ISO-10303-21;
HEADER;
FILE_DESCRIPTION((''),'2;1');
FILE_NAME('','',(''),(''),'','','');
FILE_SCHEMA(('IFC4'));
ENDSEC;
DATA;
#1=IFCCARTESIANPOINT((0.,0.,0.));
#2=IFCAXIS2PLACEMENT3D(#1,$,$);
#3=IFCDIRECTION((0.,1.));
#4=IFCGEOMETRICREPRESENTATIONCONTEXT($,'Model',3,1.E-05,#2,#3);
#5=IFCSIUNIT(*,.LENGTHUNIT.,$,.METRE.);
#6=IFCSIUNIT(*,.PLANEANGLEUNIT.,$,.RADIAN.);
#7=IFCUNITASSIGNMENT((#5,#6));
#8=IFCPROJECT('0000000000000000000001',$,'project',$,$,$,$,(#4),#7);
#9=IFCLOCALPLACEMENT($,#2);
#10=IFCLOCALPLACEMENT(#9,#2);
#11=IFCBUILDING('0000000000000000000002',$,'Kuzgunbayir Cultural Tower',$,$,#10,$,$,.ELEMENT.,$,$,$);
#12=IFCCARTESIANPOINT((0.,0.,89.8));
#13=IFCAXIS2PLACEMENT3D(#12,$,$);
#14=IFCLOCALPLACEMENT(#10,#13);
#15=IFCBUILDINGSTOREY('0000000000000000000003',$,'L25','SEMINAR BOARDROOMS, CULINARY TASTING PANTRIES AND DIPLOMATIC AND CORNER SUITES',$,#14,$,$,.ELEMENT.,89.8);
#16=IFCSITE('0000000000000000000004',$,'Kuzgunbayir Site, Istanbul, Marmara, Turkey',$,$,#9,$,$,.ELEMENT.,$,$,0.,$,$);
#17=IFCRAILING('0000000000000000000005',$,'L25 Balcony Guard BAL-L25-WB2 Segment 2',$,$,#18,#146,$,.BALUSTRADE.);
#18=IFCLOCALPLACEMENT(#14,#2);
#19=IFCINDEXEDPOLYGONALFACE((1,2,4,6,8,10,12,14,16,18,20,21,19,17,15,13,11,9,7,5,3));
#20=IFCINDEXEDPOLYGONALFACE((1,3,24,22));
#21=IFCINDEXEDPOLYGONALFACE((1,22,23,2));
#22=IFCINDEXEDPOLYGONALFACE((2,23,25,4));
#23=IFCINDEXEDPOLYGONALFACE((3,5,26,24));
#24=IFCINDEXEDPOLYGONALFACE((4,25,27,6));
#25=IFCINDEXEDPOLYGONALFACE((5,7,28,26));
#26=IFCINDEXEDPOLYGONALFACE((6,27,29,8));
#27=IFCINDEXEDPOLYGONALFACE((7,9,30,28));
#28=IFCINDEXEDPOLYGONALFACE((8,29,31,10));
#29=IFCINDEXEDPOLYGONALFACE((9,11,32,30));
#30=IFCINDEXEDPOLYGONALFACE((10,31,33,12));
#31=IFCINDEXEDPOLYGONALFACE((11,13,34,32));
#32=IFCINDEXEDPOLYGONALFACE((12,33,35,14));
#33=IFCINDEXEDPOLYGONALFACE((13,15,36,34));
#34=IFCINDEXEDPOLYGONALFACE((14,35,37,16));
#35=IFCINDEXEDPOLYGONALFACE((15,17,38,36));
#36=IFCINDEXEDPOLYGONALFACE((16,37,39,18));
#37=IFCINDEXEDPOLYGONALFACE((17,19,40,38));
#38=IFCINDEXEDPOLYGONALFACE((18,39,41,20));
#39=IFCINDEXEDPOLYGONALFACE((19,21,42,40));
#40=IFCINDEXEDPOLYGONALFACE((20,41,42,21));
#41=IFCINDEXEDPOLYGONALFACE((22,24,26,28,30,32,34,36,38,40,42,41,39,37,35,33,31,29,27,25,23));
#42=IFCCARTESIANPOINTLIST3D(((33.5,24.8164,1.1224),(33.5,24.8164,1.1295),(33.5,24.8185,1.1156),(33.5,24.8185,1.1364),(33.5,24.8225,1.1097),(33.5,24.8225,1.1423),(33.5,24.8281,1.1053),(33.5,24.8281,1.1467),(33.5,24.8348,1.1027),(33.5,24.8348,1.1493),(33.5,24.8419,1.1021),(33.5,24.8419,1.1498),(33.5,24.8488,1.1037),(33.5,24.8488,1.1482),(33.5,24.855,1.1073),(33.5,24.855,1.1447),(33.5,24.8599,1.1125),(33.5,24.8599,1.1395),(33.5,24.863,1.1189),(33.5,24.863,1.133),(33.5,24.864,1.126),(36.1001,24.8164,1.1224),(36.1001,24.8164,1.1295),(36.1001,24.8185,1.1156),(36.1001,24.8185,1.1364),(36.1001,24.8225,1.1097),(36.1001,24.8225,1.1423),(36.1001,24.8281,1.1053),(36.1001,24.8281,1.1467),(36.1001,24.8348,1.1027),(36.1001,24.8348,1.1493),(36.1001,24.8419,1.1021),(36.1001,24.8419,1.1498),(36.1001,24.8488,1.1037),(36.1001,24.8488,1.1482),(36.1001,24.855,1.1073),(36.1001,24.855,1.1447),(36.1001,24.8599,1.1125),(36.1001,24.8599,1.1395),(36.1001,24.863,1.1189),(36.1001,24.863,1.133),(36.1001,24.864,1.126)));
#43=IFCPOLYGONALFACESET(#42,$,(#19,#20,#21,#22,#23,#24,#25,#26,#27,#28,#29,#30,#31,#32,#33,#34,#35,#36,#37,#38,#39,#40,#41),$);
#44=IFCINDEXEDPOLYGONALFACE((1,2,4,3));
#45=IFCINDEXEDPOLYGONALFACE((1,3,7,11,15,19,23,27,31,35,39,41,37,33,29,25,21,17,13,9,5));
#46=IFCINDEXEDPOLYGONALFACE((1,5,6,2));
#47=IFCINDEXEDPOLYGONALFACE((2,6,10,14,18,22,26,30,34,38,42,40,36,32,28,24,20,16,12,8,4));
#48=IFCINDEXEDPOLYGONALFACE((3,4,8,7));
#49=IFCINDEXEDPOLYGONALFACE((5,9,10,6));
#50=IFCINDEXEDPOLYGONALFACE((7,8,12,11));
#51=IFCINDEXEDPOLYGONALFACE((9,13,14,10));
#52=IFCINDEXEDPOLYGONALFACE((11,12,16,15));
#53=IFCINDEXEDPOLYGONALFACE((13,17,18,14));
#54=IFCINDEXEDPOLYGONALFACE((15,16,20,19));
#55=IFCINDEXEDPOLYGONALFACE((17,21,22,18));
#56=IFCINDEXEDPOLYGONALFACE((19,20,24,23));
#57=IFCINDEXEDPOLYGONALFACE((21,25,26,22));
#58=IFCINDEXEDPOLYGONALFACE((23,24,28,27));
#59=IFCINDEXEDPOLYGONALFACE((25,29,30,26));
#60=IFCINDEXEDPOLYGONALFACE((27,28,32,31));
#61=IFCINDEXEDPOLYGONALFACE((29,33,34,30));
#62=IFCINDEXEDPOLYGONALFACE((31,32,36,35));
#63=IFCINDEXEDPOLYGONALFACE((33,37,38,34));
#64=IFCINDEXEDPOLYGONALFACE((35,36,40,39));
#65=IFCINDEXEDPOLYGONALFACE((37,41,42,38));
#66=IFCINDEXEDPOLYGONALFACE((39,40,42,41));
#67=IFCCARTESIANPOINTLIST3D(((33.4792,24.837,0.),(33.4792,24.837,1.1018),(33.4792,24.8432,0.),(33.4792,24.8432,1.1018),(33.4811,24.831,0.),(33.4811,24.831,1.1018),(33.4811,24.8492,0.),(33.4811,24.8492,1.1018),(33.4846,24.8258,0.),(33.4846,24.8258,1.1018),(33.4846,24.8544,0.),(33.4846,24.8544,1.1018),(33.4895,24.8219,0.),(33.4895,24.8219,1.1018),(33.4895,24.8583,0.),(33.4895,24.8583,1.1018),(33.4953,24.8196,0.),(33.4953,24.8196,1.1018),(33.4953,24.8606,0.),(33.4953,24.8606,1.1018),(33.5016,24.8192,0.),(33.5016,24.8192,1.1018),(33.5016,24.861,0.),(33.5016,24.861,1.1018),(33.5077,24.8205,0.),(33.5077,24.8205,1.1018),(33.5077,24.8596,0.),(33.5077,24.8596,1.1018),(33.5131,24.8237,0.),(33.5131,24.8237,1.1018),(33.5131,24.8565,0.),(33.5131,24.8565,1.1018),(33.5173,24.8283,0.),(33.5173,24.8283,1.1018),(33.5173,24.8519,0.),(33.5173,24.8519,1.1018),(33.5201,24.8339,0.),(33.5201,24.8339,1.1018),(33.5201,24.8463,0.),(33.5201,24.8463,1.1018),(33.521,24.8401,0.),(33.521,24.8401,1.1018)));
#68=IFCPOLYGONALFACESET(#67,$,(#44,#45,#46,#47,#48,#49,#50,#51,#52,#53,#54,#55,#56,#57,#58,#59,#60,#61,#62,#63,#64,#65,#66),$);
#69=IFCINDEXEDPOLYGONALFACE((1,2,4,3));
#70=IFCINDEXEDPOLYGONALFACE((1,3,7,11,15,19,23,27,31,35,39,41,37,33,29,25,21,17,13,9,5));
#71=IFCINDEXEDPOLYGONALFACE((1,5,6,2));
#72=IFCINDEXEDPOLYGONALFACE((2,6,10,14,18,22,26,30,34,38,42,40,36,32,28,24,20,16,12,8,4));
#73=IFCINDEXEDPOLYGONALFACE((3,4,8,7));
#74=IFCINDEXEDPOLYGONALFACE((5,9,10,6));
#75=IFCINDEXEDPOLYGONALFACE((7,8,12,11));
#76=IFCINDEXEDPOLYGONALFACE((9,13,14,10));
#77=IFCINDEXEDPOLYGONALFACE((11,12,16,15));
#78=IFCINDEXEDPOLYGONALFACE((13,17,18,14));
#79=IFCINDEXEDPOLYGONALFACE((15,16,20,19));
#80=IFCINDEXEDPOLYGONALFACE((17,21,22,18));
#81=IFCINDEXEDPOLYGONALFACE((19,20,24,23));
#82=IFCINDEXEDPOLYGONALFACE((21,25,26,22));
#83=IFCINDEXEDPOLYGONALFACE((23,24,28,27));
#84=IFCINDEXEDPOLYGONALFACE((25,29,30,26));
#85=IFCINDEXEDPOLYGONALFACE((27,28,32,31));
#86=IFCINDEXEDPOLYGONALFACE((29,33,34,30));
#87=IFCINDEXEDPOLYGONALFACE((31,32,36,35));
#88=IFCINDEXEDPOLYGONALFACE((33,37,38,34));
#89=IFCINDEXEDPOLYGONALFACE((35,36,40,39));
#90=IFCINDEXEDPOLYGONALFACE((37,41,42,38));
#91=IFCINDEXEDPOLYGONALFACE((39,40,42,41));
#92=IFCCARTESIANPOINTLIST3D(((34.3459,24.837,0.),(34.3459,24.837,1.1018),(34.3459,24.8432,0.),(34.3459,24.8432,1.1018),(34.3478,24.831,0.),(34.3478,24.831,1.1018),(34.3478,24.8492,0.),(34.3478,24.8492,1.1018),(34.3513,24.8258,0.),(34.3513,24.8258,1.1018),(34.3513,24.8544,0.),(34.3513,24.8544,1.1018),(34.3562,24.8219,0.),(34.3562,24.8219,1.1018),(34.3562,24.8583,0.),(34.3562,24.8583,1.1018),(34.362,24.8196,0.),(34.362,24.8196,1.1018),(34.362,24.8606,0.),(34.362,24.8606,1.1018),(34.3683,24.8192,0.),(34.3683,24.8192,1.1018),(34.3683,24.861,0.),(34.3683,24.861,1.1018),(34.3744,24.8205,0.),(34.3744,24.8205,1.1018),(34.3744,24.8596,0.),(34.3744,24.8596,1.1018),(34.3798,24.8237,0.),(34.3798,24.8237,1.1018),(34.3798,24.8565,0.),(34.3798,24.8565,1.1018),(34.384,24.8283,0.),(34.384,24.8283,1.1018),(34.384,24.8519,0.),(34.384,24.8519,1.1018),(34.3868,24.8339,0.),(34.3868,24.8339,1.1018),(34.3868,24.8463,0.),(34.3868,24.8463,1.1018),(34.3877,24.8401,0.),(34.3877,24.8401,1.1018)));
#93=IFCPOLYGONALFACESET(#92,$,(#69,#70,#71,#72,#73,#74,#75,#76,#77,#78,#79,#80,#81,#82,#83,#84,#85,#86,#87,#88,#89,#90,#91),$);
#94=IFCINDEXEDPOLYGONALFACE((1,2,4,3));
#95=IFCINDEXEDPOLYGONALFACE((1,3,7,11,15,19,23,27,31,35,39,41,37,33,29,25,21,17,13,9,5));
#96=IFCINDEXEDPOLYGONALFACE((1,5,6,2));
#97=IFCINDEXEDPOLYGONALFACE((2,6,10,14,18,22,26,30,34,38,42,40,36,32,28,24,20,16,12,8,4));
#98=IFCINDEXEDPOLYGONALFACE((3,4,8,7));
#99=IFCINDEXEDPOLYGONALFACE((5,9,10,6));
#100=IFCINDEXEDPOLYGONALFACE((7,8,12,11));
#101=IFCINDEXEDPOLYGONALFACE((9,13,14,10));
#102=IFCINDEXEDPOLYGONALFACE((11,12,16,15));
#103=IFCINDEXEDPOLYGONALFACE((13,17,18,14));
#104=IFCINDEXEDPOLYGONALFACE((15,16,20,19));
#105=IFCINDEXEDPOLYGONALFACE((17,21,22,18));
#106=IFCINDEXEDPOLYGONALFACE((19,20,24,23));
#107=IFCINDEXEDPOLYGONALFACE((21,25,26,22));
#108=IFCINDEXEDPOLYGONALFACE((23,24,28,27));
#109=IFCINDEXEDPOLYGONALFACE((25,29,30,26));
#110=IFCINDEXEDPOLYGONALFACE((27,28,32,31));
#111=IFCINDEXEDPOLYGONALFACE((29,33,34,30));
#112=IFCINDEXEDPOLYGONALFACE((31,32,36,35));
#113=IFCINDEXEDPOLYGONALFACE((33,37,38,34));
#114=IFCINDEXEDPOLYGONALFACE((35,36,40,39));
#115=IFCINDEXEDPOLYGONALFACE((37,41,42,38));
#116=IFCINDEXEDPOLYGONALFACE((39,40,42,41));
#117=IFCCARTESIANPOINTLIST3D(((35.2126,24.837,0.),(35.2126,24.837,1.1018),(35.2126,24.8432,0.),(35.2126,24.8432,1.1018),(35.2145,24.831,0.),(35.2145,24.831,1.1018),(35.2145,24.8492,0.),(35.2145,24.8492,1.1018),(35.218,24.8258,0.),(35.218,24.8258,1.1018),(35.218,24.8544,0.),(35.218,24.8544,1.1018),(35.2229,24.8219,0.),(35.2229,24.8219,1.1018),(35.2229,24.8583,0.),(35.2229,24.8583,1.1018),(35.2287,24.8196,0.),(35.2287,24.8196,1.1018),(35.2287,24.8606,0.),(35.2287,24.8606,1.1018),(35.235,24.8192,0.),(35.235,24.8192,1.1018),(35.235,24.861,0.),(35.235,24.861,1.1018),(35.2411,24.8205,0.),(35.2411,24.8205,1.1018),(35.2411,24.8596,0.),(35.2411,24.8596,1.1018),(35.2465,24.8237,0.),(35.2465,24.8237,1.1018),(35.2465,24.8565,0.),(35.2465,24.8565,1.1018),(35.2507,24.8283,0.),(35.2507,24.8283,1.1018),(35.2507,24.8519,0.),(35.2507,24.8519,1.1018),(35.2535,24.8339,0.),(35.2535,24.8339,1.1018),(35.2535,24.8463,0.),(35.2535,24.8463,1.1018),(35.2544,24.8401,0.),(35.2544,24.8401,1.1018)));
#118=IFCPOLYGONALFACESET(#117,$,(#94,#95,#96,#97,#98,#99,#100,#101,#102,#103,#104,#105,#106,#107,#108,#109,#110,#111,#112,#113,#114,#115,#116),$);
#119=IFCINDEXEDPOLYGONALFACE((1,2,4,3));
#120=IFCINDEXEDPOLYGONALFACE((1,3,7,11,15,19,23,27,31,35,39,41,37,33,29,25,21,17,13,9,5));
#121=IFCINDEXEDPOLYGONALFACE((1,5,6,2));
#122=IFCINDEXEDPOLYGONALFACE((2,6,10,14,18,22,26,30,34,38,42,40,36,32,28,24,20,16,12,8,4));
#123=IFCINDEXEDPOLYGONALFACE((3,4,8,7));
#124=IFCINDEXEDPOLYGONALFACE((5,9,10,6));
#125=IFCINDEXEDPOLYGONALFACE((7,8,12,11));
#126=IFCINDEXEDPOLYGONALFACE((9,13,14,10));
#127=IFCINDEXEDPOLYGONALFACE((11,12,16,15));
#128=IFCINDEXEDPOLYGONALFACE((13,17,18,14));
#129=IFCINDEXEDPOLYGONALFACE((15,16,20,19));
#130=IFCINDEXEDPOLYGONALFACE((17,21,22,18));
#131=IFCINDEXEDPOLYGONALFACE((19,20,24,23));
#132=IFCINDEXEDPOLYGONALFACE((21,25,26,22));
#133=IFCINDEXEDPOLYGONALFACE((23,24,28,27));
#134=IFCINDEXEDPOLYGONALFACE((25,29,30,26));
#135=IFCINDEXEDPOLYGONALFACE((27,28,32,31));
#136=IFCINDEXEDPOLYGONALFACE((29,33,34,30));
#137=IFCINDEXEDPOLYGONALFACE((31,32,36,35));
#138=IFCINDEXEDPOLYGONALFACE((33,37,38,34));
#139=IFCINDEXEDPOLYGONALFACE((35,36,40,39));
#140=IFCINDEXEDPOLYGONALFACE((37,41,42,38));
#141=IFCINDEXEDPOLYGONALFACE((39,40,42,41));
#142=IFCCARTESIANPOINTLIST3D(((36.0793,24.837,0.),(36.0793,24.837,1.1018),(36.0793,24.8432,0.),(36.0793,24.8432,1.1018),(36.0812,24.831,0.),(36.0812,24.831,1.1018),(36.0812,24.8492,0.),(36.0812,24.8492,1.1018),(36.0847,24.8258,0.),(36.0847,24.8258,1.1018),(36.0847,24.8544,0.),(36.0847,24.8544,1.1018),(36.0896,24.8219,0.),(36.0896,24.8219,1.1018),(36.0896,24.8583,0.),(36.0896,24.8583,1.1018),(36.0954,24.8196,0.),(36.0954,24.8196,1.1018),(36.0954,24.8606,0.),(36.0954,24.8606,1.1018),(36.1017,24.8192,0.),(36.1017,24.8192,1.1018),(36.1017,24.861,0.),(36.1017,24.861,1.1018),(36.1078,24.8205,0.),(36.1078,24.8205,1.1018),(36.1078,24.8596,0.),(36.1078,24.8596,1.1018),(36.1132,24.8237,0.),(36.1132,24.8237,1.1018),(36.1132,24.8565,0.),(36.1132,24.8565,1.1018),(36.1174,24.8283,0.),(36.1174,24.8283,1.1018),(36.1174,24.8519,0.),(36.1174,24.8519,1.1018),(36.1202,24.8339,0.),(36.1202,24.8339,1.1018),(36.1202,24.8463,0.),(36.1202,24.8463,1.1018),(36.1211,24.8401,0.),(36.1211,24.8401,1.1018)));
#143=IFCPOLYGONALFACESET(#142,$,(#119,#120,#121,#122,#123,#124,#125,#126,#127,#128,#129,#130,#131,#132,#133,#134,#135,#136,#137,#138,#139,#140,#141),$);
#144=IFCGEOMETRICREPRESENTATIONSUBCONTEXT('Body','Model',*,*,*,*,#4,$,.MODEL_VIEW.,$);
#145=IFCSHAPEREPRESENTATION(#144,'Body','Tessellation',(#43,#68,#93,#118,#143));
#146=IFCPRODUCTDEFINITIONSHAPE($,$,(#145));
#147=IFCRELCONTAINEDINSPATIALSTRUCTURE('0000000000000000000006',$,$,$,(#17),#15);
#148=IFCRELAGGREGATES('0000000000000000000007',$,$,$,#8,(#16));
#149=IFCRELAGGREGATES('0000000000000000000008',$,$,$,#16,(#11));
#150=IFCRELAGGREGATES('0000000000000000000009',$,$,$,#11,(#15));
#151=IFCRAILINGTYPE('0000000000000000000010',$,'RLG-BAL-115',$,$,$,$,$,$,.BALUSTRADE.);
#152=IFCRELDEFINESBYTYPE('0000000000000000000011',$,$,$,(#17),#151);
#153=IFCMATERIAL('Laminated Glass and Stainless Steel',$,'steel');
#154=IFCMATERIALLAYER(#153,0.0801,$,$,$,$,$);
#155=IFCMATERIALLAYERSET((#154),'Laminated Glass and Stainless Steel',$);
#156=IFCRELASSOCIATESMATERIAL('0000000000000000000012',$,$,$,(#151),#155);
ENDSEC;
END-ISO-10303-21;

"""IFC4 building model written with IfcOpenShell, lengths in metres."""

from ifc_helpers import new_model, si_unit, direction, frame, origin, origin_2d, place, context, subcontext, project, spatial, circle, extrude, material, layer, layer_set, type_object, element, save


model = new_model("IFC4")

# Units and contexts
model_context = context("Model", 3, precision=1e-05, world=origin(), true_north=direction((0.0, 1.0)))
body_context = subcontext(model_context, "Body", "Model", "MODEL_VIEW")
ifc_project = project(units=[si_unit("LENGTHUNIT", "METRE"), si_unit("PLANEANGLEUNIT", "RADIAN")], contexts=[model_context])

# Site, building, storey
site_placement = place(None, origin())
site = spatial("IfcSite", under=ifc_project, at=site_placement, Name="Kuzgunbayir Site, Istanbul, Marmara, Turkey", CompositionType="ELEMENT", RefElevation=0.0)
building_placement = place(site_placement, origin())
building = spatial("IfcBuilding", under=site, at=building_placement, Name="Kuzgunbayir Cultural Tower", CompositionType="ELEMENT")
storey_placement = place(building_placement, frame((0.0, 0.0, 89.8)))
storey = spatial("IfcBuildingStorey", under=building, at=storey_placement, Name="L25", Description="SEMINAR BOARDROOMS, CULINARY TASTING PANTRIES AND DIPLOMATIC AND CORNER SUITES", CompositionType="ELEMENT", Elevation=89.8)

# Railing
ifc_material_1 = material(Name="Laminated Glass and Stainless Steel", Category="steel")
ifc_layer_1 = layer(ifc_material_1, 0.0801)
ifc_layer_set_1 = layer_set([ifc_layer_1], Name="Laminated Glass and Stainless Steel")
railing_type = type_object("IfcRailingType", Name="RLG-BAL-115", PredefinedType="BALUSTRADE", material=ifc_layer_set_1)
railing_1_placement = place(storey_placement, frame((33.5, 24.8401, 0.0)))
element("IfcRailing", 1, at=railing_1_placement, inside=storey, type_object=railing_type, Name="L25 Balcony Guard BAL-L25-WB2 Segment 2", PredefinedType="BALUSTRADE", context=body_context, shape_type="SweptSolid", body=[
    extrude(circle(Radius=0.0239, at=origin_2d()), frame((0.0, 0.0, 1.126), z_axis=(1.0, 0.0, 0.0), x_axis=(0.0, 1.0, 0.0)), (0.0, 0.0, 1.0), 2.6001),
    extrude(circle(Radius=0.021, at=origin_2d()), origin(), (0.0, 0.0, 1.0), 1.1018),
    extrude(circle(Radius=0.021, at=origin_2d()), frame((0.8667, 0.0, 0.0)), (0.0, 0.0, 1.0), 1.1018),
    extrude(circle(Radius=0.021, at=origin_2d()), frame((1.7334, 0.0, 0.0)), (0.0, 0.0, 1.0), 1.1018),
    extrude(circle(Radius=0.021, at=origin_2d()), frame((2.6001, 0.0, 0.0)), (0.0, 0.0, 1.0), 1.1018),
])

save(model, "model.ifc")
